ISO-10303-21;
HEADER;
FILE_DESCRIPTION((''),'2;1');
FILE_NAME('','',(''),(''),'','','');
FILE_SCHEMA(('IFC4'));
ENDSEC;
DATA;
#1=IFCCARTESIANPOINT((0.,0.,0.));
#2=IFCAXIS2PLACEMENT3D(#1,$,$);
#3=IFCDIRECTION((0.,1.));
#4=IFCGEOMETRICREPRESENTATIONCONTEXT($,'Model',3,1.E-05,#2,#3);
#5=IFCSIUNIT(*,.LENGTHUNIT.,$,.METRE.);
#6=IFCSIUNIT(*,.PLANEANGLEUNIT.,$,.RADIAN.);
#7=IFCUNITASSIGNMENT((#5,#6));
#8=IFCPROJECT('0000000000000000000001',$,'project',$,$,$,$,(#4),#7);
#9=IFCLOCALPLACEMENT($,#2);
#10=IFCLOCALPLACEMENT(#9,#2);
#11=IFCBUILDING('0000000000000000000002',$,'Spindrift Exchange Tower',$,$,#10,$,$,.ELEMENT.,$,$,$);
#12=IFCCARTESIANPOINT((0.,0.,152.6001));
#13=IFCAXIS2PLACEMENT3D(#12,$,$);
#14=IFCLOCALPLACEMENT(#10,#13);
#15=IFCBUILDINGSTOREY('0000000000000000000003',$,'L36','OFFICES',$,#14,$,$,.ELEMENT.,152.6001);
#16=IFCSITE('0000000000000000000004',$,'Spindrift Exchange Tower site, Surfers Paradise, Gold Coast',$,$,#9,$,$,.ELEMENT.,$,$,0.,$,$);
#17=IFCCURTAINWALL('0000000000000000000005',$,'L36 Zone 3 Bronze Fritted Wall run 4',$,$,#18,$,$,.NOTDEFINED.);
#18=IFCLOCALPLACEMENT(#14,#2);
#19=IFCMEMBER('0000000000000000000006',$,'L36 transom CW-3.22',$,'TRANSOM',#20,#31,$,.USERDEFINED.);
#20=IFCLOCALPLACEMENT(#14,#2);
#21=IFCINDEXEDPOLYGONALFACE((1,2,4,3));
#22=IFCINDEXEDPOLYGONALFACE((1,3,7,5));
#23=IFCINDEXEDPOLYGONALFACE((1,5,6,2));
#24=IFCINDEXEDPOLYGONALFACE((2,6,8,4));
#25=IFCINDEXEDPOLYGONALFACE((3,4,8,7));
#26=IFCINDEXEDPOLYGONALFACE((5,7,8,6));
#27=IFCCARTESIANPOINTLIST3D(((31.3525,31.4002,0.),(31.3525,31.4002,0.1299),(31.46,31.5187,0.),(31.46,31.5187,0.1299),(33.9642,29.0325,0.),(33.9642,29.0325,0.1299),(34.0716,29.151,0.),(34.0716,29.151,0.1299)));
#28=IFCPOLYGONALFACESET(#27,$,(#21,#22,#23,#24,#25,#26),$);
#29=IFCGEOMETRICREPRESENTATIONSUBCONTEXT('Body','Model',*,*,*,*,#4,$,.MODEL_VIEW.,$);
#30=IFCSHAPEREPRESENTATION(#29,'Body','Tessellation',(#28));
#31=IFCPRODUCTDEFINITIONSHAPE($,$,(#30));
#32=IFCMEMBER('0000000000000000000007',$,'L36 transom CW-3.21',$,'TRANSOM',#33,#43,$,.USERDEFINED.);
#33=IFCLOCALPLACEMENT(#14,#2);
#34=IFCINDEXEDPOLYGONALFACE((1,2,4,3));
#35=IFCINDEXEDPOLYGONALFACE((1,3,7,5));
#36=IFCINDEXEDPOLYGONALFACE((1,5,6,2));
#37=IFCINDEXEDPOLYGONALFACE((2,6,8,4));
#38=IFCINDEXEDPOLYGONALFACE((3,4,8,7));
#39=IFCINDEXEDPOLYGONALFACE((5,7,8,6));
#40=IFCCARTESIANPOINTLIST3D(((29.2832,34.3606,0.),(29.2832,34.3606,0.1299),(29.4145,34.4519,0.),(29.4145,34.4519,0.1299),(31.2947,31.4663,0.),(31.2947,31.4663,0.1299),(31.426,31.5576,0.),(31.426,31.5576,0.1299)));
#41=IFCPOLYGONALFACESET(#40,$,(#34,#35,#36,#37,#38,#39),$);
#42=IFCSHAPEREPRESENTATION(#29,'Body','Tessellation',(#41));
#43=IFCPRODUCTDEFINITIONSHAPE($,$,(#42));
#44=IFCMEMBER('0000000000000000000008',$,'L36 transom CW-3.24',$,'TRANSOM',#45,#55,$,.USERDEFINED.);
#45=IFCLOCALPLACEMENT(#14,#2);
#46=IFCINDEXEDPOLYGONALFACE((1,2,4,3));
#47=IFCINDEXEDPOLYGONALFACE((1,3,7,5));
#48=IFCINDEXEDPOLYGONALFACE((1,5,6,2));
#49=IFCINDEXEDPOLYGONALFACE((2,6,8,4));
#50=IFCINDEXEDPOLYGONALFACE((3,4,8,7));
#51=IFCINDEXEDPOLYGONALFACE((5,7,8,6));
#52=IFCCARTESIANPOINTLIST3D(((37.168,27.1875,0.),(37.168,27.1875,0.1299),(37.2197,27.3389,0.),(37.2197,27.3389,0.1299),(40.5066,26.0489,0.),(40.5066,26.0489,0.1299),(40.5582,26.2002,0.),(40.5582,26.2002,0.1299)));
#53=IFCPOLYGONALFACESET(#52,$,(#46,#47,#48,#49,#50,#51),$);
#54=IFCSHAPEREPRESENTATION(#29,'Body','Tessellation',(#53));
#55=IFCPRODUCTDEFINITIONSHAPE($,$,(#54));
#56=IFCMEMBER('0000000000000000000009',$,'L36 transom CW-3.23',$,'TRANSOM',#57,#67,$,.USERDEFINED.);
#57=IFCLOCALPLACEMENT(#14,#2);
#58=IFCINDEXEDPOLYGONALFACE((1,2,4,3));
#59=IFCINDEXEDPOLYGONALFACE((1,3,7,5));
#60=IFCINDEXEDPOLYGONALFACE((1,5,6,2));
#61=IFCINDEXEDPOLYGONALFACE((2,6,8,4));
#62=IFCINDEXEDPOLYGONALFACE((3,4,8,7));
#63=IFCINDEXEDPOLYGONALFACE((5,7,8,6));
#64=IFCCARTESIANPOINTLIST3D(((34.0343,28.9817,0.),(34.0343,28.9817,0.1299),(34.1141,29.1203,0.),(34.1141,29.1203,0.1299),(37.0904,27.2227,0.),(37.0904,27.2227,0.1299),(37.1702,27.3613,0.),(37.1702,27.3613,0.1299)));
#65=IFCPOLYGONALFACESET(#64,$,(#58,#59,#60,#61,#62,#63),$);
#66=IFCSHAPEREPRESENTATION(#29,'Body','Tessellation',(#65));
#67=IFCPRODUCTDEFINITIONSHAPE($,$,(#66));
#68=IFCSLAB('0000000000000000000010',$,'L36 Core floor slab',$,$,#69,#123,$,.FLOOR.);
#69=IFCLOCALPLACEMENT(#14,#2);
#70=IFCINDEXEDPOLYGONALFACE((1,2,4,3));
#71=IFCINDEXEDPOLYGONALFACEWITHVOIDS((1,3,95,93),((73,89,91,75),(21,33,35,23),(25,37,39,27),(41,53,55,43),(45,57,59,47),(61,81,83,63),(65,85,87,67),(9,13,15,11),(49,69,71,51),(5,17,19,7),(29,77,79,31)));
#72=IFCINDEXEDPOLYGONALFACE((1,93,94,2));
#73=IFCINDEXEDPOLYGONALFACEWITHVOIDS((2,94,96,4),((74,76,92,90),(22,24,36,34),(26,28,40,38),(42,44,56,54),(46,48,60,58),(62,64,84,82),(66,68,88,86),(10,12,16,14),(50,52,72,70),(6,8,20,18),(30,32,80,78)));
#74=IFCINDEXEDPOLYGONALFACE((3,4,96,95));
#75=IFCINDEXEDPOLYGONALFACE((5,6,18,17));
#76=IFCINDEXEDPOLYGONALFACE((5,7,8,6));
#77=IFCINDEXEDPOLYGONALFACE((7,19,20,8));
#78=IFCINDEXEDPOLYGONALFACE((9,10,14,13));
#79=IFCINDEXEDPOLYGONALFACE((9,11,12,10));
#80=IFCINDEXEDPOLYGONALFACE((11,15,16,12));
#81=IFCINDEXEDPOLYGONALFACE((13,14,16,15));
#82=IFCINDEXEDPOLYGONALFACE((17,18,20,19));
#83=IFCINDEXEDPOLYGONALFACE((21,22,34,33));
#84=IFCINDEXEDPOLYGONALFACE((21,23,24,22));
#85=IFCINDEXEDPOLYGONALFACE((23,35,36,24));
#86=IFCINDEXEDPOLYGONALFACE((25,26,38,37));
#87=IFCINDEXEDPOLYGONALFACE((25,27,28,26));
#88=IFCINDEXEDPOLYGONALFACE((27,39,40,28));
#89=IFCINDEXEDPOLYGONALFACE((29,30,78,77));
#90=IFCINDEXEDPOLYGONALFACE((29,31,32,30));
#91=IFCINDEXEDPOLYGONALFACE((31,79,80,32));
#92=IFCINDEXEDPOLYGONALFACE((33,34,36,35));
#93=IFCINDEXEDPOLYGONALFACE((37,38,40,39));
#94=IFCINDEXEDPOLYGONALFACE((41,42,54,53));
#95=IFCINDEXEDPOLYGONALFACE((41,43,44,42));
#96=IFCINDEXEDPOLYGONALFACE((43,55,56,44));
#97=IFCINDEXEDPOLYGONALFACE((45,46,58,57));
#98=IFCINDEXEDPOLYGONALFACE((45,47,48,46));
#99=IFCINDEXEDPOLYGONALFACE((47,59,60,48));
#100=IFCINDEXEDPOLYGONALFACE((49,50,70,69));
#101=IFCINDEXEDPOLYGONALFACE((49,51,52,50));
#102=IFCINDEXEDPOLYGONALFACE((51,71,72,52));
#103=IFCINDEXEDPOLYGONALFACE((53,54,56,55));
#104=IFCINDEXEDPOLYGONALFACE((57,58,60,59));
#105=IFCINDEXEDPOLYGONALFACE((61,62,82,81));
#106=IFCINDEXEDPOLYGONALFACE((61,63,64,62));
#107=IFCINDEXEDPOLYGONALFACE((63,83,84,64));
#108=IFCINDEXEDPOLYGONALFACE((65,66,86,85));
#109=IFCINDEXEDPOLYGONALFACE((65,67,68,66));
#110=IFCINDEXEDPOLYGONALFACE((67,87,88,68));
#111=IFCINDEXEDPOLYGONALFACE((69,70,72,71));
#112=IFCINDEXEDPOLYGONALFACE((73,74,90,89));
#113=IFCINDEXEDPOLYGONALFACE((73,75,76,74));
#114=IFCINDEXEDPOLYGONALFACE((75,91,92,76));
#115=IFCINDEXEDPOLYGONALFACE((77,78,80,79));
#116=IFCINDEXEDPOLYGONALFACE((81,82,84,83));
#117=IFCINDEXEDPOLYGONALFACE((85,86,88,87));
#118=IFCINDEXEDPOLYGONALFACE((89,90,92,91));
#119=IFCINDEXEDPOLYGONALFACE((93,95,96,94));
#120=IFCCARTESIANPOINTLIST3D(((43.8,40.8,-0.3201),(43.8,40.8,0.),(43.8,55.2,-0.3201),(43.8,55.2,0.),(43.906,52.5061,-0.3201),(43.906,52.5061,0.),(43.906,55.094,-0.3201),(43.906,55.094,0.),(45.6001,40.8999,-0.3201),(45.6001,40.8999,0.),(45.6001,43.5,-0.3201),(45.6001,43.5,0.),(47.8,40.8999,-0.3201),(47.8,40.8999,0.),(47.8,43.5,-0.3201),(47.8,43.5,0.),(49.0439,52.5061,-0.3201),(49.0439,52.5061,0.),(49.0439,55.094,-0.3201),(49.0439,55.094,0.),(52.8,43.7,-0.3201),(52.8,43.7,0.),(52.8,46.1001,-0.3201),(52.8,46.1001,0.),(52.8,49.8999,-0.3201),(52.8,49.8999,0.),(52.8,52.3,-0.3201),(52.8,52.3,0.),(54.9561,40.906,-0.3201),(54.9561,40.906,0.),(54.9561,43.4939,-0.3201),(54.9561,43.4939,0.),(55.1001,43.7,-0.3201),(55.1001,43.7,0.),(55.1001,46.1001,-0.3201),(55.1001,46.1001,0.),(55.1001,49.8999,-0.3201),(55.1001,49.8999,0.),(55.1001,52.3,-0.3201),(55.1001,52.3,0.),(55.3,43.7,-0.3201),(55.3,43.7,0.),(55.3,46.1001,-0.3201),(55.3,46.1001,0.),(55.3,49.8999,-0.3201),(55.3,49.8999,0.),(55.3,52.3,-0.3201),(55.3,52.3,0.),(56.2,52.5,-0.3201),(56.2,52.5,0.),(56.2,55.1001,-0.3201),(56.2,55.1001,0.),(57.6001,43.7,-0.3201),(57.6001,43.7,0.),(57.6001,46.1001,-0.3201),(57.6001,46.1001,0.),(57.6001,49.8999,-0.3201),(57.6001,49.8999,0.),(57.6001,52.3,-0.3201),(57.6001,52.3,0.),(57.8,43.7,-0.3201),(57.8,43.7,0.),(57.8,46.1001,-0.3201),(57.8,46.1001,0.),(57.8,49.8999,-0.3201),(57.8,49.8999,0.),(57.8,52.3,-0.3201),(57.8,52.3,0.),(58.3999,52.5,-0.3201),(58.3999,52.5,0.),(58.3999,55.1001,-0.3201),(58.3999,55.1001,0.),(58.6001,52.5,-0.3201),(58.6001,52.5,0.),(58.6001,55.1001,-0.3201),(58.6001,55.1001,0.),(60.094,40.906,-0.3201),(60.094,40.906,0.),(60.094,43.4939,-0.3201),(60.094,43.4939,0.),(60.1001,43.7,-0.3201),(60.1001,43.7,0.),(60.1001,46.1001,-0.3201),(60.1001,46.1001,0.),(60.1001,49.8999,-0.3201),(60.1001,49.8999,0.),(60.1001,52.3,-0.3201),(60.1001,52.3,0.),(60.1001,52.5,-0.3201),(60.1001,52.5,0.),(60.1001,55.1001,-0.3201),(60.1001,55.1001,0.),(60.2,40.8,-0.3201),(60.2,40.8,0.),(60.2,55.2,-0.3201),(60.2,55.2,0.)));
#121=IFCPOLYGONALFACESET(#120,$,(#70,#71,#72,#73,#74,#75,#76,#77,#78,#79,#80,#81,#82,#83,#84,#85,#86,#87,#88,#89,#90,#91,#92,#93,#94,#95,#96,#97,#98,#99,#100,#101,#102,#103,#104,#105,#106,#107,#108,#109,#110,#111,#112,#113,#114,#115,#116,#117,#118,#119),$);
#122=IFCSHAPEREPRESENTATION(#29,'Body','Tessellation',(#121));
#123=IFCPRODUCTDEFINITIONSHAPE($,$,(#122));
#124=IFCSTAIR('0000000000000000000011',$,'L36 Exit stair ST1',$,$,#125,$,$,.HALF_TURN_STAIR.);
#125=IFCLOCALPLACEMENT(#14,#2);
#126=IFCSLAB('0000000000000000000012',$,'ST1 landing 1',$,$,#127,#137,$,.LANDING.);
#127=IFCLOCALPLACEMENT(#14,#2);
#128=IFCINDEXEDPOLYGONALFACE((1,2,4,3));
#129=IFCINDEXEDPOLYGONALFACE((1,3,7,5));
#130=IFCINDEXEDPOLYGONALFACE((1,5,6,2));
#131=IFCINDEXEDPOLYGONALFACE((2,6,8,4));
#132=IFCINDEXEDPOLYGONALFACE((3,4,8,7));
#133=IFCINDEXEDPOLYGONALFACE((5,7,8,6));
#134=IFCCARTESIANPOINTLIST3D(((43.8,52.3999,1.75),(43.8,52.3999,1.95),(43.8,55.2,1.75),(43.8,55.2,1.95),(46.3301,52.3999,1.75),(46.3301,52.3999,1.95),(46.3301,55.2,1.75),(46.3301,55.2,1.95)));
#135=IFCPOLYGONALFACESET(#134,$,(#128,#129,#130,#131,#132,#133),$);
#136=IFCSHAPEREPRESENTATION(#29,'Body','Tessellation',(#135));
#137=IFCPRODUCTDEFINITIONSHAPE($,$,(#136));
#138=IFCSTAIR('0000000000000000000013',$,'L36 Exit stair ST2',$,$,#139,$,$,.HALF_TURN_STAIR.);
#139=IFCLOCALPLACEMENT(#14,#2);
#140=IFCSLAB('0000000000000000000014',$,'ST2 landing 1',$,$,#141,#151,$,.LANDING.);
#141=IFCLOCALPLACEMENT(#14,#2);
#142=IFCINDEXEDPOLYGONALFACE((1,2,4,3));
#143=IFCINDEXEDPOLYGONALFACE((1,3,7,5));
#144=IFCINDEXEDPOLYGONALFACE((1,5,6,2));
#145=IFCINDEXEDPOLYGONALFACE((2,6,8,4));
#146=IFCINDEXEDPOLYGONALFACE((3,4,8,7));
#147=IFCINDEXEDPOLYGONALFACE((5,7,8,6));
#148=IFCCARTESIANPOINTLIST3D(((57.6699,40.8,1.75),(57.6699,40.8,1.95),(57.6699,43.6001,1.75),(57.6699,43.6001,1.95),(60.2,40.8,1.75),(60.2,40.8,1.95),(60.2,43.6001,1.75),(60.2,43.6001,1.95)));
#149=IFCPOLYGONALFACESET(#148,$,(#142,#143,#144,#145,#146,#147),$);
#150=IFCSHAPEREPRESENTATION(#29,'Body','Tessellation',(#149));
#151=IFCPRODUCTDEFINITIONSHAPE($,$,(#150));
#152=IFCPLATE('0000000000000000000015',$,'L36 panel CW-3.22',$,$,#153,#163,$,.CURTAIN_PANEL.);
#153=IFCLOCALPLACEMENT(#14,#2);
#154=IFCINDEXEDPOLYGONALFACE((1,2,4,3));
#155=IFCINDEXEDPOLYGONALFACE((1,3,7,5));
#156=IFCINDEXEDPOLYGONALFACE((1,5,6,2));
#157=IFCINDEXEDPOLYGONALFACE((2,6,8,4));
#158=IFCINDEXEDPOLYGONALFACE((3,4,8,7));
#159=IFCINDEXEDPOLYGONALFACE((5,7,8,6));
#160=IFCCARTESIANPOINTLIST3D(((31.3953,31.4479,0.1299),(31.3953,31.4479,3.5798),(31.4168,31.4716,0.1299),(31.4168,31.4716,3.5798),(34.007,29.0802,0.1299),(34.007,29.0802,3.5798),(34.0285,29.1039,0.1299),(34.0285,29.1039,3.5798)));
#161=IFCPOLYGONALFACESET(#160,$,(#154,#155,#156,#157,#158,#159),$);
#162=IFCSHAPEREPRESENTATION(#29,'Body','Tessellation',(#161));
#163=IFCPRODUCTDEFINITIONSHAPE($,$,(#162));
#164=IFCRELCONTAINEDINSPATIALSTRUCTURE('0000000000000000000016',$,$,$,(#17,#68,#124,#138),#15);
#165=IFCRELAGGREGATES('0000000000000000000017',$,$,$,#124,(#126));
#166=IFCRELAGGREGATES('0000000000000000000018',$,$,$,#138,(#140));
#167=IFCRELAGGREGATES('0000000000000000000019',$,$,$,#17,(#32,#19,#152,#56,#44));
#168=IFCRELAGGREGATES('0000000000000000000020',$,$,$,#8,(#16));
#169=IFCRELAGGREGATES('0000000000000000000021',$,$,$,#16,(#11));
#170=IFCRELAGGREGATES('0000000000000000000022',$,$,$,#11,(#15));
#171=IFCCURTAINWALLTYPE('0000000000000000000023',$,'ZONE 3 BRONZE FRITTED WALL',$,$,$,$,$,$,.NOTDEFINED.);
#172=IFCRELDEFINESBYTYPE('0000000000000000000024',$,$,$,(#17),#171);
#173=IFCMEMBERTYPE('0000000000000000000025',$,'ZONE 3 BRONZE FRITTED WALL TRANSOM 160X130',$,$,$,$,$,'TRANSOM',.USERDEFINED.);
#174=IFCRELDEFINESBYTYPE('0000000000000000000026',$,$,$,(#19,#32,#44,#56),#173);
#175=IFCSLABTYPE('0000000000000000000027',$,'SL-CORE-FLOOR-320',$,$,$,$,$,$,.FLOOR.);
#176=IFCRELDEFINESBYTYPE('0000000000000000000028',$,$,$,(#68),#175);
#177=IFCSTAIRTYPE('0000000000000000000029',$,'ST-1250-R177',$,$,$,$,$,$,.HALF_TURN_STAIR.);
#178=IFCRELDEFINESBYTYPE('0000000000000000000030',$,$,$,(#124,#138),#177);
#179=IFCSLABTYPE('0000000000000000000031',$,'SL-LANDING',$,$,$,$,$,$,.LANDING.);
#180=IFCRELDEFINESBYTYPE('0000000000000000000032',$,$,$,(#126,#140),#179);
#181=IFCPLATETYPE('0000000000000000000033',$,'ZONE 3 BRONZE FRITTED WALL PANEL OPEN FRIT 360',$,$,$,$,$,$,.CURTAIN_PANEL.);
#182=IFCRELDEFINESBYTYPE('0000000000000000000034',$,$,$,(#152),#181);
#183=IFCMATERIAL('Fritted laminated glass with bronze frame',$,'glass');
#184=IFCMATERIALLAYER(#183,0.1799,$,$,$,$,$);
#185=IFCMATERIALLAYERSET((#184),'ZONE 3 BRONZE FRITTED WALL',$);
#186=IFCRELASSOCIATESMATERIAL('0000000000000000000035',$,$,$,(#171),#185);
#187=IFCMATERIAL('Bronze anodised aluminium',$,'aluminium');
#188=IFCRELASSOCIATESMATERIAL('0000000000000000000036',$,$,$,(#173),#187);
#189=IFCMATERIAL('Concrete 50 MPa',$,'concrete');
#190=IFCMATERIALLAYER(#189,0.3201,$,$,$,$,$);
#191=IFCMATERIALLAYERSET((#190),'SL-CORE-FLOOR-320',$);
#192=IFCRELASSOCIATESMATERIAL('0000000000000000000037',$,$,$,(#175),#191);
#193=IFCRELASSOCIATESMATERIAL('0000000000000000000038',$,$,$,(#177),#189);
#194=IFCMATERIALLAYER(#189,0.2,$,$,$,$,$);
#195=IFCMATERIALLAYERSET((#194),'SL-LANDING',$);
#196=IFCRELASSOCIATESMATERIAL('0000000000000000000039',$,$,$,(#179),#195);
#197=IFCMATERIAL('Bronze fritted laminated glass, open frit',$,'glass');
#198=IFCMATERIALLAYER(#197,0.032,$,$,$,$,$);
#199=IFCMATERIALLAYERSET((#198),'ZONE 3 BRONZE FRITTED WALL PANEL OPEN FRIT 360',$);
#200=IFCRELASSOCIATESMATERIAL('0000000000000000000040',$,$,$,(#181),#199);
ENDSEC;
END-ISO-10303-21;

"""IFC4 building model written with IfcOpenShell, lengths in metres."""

from ifc_helpers import new_model, si_unit, direction, frame, origin, origin_2d, place, context, subcontext, project, spatial, line, indexed_curve, rectangle, outline, extrude, source, transform, mapped, material, layer, layer_set, material_profile, profile_set, type_object, element, aggregate, save


model = new_model("IFC4")

# Units and contexts
model_context = context("Model", 3, precision=1e-05, world=origin(), true_north=direction((0.0, 1.0)))
body_context = subcontext(model_context, "Body", "Model", "MODEL_VIEW")
ifc_project = project(units=[si_unit("LENGTHUNIT", "METRE"), si_unit("PLANEANGLEUNIT", "RADIAN")], contexts=[model_context])

# Site, building, storey
site_placement = place(None, origin())
site = spatial("IfcSite", under=ifc_project, at=site_placement, Name="Spindrift Exchange Tower site, Surfers Paradise, Gold Coast", CompositionType="ELEMENT", RefElevation=0.0)
building_placement = place(site_placement, origin())
building = spatial("IfcBuilding", under=site, at=building_placement, Name="Spindrift Exchange Tower", CompositionType="ELEMENT")
storey_placement = place(building_placement, frame((0.0, 0.0, 152.6001)))
storey = spatial("IfcBuildingStorey", under=building, at=storey_placement, Name="L36", Description="OFFICES", CompositionType="ELEMENT", Elevation=152.6001)

# Shared definitions
ifc_material_1 = material(Name="Concrete 50 MPa", Category="concrete")

# Curtain wall, members
ifc_material_2 = material(Name="Fritted laminated glass with bronze frame", Category="glass")
ifc_layer_1 = layer(ifc_material_2, 0.1799)
ifc_layer_set_1 = layer_set([ifc_layer_1], Name="ZONE 3 BRONZE FRITTED WALL")
curtain_wall_type = type_object("IfcCurtainWallType", Name="ZONE 3 BRONZE FRITTED WALL", PredefinedType="NOTDEFINED", material=ifc_layer_set_1)
curtain_wall_placement = place(storey_placement, origin())
curtain_wall = element("IfcCurtainWall", 1, at=curtain_wall_placement, inside=storey, type_object=curtain_wall_type, Name="L36 Zone 3 Bronze Fritted Wall run 4", PredefinedType="NOTDEFINED")
ifc_material_3 = material(Name="Bronze anodised aluminium", Category="aluminium")
ifc_material_profile_1 = material_profile(ifc_material_3, rectangle(XDim=0.1599, YDim=0.1299, at=origin_2d()), Name="ZONE 3 BRONZE FRITTED WALL TRANSOM 160X130")
ifc_profile_set_1 = profile_set([ifc_material_profile_1], Name="Bronze anodised aluminium")
member_type_1 = type_object("IfcMemberType", Name="ZONE 3 BRONZE FRITTED WALL TRANSOM 160X130", ElementType="TRANSOM", PredefinedType="USERDEFINED", material=ifc_profile_set_1)
shared_shape_1 = source(origin(), body_context, "Body", "SweptSolid", [
    extrude(rectangle(XDim=0.1599, YDim=0.1299, at=origin_2d()), origin(), (0.0, 0.0, 1.0), 3.5251),
])
member_1_placement = place(storey_placement, frame((31.4062, 31.4595, 0.0649), z_axis=(0.740854, -0.671666, 0.0), x_axis=(0.671666, 0.740854, 0.0)))
member_1 = element("IfcMember", 2, at=member_1_placement, type_object=member_type_1, Name="L36 transom CW-3.22", ObjectType="TRANSOM", PredefinedType="USERDEFINED", context=body_context, shape_type="MappedRepresentation", body=[
    mapped(shared_shape_1, transform((0.0, 0.0, 0.0), scale=1.0)),
])
shared_shape_2 = source(origin(), body_context, "Body", "SweptSolid", [
    extrude(rectangle(XDim=0.1599, YDim=0.1299, at=origin_2d()), origin(), (0.0, 0.0, 1.0), 3.5247),
])
member_2_placement = place(storey_placement, frame((29.3489, 34.4062, 0.0649), z_axis=(0.570693, -0.821163, 0.0), x_axis=(0.821163, 0.570693, 0.0)))
member_2 = element("IfcMember", 3, at=member_2_placement, type_object=member_type_1, Name="L36 transom CW-3.21", ObjectType="TRANSOM", PredefinedType="USERDEFINED", context=body_context, shape_type="MappedRepresentation", body=[
    mapped(shared_shape_2, transform((0.0, 0.0, 0.0), scale=1.0)),
])
shared_shape_3 = source(origin(), body_context, "Body", "SweptSolid", [
    extrude(rectangle(XDim=0.1599, YDim=0.1299, at=origin_2d()), origin(), (0.0, 0.0, 1.0), 3.5273),
])
member_3_placement = place(storey_placement, frame((37.1938, 27.2632, 0.0649), z_axis=(0.946466, -0.322802, 0.0), x_axis=(0.322802, 0.946466, 0.0)))
member_3 = element("IfcMember", 4, at=member_3_placement, type_object=member_type_1, Name="L36 transom CW-3.24", ObjectType="TRANSOM", PredefinedType="USERDEFINED", context=body_context, shape_type="MappedRepresentation", body=[
    mapped(shared_shape_3, transform((0.0, 0.0, 0.0), scale=1.0)),
])
shared_shape_4 = source(origin(), body_context, "Body", "SweptSolid", [
    extrude(rectangle(XDim=0.1599, YDim=0.1299, at=origin_2d()), origin(), (0.0, 0.0, 1.0), 3.5261),
])
member_4_placement = place(storey_placement, frame((34.0742, 29.051, 0.0649), z_axis=(0.866692, -0.498843, 0.0), x_axis=(0.498843, 0.866692, 0.0)))
member_4 = element("IfcMember", 5, at=member_4_placement, type_object=member_type_1, Name="L36 transom CW-3.23", ObjectType="TRANSOM", PredefinedType="USERDEFINED", context=body_context, shape_type="MappedRepresentation", body=[
    mapped(shared_shape_4, transform((0.0, 0.0, 0.0), scale=1.0)),
])

# Slab
ifc_layer_2 = layer(ifc_material_1, 0.3201)
ifc_layer_set_2 = layer_set([ifc_layer_2], Name="SL-CORE-FLOOR-320")
slab_type_1 = type_object("IfcSlabType", Name="SL-CORE-FLOOR-320", PredefinedType="FLOOR", material=ifc_layer_set_2)
slab_1_placement = place(storey_placement, frame((0.0, 0.0, -0.3201)))
element("IfcSlab", 6, at=slab_1_placement, inside=storey, type_object=slab_type_1, Name="L36 Core floor slab", PredefinedType="FLOOR", context=body_context, shape_type="SweptSolid", body=[
    extrude(outline(indexed_curve([(43.8, 40.8), (43.8, 55.2), (60.2, 55.2), (60.2, 40.8)], segments=[line(1, 2, 3, 4, 1)], self_intersect=False), holes=[indexed_curve([(45.6001, 43.5), (45.6001, 40.8999), (47.8, 40.8999), (47.8, 43.5)], segments=[line(1, 2, 3, 4, 1)], self_intersect=False), indexed_curve([(52.8, 46.1001), (52.8, 43.7), (55.1001, 43.7), (55.1001, 46.1001)], segments=[line(1, 2, 3, 4, 1)], self_intersect=False), indexed_curve([(55.3, 46.1001), (55.3, 43.7), (57.6001, 43.7), (57.6001, 46.1001)], segments=[line(1, 2, 3, 4, 1)], self_intersect=False), indexed_curve([(55.1001, 52.3), (52.8, 52.3), (52.8, 49.8999), (55.1001, 49.8999)], segments=[line(1, 2, 3, 4, 1)], self_intersect=False), indexed_curve([(57.6001, 52.3), (55.3, 52.3), (55.3, 49.8999), (57.6001, 49.8999)], segments=[line(1, 2, 3, 4, 1)], self_intersect=False), indexed_curve([(43.906, 52.5061), (49.0439, 52.5061), (49.0439, 55.094), (43.906, 55.094)], segments=[line(1, 2, 3, 4, 1)], self_intersect=False), indexed_curve([(60.094, 40.906), (60.094, 43.4939), (54.9561, 43.4939), (54.9561, 40.906)], segments=[line(1, 2, 3, 4, 1)], self_intersect=False), indexed_curve([(60.1001, 46.1001), (57.8, 46.1001), (57.8, 43.7), (60.1001, 43.7)], segments=[line(1, 2, 3, 4, 1)], self_intersect=False), indexed_curve([(57.8, 52.3), (57.8, 49.8999), (60.1001, 49.8999), (60.1001, 52.3)], segments=[line(1, 2, 3, 4, 1)], self_intersect=False), indexed_curve([(58.3999, 55.1001), (56.2, 55.1001), (56.2, 52.5), (58.3999, 52.5)], segments=[line(1, 2, 3, 4, 1)], self_intersect=False), indexed_curve([(60.1001, 55.1001), (58.6001, 55.1001), (58.6001, 52.5), (60.1001, 52.5)], segments=[line(1, 2, 3, 4, 1)], self_intersect=False)]), origin(), (0.0, 0.0, 1.0), 0.3201),
])

# Stairs, slabs
stair_type = type_object("IfcStairType", Name="ST-1250-R177", PredefinedType="HALF_TURN_STAIR", material=ifc_material_1)
stair_1_placement = place(storey_placement, origin())
stair_1 = element("IfcStair", 7, at=stair_1_placement, inside=storey, type_object=stair_type, Name="L36 Exit stair ST1", PredefinedType="HALF_TURN_STAIR")
ifc_layer_3 = layer(ifc_material_1, 0.2)
ifc_layer_set_3 = layer_set([ifc_layer_3], Name="SL-LANDING")
slab_type_2 = type_object("IfcSlabType", Name="SL-LANDING", PredefinedType="LANDING", material=ifc_layer_set_3)
slab_2_placement = place(storey_placement, frame((0.0, 0.0, 1.75)))
slab_2 = element("IfcSlab", 8, at=slab_2_placement, type_object=slab_type_2, Name="ST1 landing 1", PredefinedType="LANDING", context=body_context, shape_type="SweptSolid", body=[
    extrude(outline(indexed_curve([(46.3301, 52.3999), (43.8, 52.3999), (43.8, 55.2), (46.3301, 55.2)], segments=[line(1, 2, 3, 4, 1)], self_intersect=False)), origin(), (0.0, 0.0, 1.0), 0.2),
])
aggregate(stair_1, [slab_2])
stair_2_placement = place(storey_placement, origin())
stair_2 = element("IfcStair", 9, at=stair_2_placement, inside=storey, type_object=stair_type, Name="L36 Exit stair ST2", PredefinedType="HALF_TURN_STAIR")
slab_3_placement = place(storey_placement, frame((0.0, 0.0, 1.75)))
slab_3 = element("IfcSlab", 10, at=slab_3_placement, type_object=slab_type_2, Name="ST2 landing 1", PredefinedType="LANDING", context=body_context, shape_type="SweptSolid", body=[
    extrude(outline(indexed_curve([(57.6699, 43.6001), (60.2, 43.6001), (60.2, 40.8), (57.6699, 40.8)], segments=[line(1, 2, 3, 4, 1)], self_intersect=False)), origin(), (0.0, 0.0, 1.0), 0.2),
])
aggregate(stair_2, [slab_3])

# Plate
ifc_material_4 = material(Name="Bronze fritted laminated glass, open frit", Category="glass")
ifc_layer_4 = layer(ifc_material_4, 0.032)
ifc_layer_set_4 = layer_set([ifc_layer_4], Name="ZONE 3 BRONZE FRITTED WALL PANEL OPEN FRIT 360")
plate_type_1 = type_object("IfcPlateType", Name="ZONE 3 BRONZE FRITTED WALL PANEL OPEN FRIT 360", PredefinedType="CURTAIN_PANEL", material=ifc_layer_set_4)
shared_shape_5 = source(origin(), body_context, "Body", "SweptSolid", [
    extrude(rectangle(XDim=3.5251, YDim=0.032, at=origin_2d()), origin(), (0.0, 0.0, 1.0), 3.45),
])
plate_1_placement = place(storey_placement, frame((32.7119, 30.2759, 0.1299), z_axis=(0.0, 0.0, 1.0), x_axis=(0.740862, -0.671657, 0.0)))
plate_1 = element("IfcPlate", 11, at=plate_1_placement, type_object=plate_type_1, Name="L36 panel CW-3.22", PredefinedType="CURTAIN_PANEL", context=body_context, shape_type="MappedRepresentation", body=[
    mapped(shared_shape_5, transform((0.0, 0.0, 0.0), scale=1.0)),
])
aggregate(curtain_wall, [member_2, member_1, plate_1, member_4, member_3])

save(model, "model.ifc")
